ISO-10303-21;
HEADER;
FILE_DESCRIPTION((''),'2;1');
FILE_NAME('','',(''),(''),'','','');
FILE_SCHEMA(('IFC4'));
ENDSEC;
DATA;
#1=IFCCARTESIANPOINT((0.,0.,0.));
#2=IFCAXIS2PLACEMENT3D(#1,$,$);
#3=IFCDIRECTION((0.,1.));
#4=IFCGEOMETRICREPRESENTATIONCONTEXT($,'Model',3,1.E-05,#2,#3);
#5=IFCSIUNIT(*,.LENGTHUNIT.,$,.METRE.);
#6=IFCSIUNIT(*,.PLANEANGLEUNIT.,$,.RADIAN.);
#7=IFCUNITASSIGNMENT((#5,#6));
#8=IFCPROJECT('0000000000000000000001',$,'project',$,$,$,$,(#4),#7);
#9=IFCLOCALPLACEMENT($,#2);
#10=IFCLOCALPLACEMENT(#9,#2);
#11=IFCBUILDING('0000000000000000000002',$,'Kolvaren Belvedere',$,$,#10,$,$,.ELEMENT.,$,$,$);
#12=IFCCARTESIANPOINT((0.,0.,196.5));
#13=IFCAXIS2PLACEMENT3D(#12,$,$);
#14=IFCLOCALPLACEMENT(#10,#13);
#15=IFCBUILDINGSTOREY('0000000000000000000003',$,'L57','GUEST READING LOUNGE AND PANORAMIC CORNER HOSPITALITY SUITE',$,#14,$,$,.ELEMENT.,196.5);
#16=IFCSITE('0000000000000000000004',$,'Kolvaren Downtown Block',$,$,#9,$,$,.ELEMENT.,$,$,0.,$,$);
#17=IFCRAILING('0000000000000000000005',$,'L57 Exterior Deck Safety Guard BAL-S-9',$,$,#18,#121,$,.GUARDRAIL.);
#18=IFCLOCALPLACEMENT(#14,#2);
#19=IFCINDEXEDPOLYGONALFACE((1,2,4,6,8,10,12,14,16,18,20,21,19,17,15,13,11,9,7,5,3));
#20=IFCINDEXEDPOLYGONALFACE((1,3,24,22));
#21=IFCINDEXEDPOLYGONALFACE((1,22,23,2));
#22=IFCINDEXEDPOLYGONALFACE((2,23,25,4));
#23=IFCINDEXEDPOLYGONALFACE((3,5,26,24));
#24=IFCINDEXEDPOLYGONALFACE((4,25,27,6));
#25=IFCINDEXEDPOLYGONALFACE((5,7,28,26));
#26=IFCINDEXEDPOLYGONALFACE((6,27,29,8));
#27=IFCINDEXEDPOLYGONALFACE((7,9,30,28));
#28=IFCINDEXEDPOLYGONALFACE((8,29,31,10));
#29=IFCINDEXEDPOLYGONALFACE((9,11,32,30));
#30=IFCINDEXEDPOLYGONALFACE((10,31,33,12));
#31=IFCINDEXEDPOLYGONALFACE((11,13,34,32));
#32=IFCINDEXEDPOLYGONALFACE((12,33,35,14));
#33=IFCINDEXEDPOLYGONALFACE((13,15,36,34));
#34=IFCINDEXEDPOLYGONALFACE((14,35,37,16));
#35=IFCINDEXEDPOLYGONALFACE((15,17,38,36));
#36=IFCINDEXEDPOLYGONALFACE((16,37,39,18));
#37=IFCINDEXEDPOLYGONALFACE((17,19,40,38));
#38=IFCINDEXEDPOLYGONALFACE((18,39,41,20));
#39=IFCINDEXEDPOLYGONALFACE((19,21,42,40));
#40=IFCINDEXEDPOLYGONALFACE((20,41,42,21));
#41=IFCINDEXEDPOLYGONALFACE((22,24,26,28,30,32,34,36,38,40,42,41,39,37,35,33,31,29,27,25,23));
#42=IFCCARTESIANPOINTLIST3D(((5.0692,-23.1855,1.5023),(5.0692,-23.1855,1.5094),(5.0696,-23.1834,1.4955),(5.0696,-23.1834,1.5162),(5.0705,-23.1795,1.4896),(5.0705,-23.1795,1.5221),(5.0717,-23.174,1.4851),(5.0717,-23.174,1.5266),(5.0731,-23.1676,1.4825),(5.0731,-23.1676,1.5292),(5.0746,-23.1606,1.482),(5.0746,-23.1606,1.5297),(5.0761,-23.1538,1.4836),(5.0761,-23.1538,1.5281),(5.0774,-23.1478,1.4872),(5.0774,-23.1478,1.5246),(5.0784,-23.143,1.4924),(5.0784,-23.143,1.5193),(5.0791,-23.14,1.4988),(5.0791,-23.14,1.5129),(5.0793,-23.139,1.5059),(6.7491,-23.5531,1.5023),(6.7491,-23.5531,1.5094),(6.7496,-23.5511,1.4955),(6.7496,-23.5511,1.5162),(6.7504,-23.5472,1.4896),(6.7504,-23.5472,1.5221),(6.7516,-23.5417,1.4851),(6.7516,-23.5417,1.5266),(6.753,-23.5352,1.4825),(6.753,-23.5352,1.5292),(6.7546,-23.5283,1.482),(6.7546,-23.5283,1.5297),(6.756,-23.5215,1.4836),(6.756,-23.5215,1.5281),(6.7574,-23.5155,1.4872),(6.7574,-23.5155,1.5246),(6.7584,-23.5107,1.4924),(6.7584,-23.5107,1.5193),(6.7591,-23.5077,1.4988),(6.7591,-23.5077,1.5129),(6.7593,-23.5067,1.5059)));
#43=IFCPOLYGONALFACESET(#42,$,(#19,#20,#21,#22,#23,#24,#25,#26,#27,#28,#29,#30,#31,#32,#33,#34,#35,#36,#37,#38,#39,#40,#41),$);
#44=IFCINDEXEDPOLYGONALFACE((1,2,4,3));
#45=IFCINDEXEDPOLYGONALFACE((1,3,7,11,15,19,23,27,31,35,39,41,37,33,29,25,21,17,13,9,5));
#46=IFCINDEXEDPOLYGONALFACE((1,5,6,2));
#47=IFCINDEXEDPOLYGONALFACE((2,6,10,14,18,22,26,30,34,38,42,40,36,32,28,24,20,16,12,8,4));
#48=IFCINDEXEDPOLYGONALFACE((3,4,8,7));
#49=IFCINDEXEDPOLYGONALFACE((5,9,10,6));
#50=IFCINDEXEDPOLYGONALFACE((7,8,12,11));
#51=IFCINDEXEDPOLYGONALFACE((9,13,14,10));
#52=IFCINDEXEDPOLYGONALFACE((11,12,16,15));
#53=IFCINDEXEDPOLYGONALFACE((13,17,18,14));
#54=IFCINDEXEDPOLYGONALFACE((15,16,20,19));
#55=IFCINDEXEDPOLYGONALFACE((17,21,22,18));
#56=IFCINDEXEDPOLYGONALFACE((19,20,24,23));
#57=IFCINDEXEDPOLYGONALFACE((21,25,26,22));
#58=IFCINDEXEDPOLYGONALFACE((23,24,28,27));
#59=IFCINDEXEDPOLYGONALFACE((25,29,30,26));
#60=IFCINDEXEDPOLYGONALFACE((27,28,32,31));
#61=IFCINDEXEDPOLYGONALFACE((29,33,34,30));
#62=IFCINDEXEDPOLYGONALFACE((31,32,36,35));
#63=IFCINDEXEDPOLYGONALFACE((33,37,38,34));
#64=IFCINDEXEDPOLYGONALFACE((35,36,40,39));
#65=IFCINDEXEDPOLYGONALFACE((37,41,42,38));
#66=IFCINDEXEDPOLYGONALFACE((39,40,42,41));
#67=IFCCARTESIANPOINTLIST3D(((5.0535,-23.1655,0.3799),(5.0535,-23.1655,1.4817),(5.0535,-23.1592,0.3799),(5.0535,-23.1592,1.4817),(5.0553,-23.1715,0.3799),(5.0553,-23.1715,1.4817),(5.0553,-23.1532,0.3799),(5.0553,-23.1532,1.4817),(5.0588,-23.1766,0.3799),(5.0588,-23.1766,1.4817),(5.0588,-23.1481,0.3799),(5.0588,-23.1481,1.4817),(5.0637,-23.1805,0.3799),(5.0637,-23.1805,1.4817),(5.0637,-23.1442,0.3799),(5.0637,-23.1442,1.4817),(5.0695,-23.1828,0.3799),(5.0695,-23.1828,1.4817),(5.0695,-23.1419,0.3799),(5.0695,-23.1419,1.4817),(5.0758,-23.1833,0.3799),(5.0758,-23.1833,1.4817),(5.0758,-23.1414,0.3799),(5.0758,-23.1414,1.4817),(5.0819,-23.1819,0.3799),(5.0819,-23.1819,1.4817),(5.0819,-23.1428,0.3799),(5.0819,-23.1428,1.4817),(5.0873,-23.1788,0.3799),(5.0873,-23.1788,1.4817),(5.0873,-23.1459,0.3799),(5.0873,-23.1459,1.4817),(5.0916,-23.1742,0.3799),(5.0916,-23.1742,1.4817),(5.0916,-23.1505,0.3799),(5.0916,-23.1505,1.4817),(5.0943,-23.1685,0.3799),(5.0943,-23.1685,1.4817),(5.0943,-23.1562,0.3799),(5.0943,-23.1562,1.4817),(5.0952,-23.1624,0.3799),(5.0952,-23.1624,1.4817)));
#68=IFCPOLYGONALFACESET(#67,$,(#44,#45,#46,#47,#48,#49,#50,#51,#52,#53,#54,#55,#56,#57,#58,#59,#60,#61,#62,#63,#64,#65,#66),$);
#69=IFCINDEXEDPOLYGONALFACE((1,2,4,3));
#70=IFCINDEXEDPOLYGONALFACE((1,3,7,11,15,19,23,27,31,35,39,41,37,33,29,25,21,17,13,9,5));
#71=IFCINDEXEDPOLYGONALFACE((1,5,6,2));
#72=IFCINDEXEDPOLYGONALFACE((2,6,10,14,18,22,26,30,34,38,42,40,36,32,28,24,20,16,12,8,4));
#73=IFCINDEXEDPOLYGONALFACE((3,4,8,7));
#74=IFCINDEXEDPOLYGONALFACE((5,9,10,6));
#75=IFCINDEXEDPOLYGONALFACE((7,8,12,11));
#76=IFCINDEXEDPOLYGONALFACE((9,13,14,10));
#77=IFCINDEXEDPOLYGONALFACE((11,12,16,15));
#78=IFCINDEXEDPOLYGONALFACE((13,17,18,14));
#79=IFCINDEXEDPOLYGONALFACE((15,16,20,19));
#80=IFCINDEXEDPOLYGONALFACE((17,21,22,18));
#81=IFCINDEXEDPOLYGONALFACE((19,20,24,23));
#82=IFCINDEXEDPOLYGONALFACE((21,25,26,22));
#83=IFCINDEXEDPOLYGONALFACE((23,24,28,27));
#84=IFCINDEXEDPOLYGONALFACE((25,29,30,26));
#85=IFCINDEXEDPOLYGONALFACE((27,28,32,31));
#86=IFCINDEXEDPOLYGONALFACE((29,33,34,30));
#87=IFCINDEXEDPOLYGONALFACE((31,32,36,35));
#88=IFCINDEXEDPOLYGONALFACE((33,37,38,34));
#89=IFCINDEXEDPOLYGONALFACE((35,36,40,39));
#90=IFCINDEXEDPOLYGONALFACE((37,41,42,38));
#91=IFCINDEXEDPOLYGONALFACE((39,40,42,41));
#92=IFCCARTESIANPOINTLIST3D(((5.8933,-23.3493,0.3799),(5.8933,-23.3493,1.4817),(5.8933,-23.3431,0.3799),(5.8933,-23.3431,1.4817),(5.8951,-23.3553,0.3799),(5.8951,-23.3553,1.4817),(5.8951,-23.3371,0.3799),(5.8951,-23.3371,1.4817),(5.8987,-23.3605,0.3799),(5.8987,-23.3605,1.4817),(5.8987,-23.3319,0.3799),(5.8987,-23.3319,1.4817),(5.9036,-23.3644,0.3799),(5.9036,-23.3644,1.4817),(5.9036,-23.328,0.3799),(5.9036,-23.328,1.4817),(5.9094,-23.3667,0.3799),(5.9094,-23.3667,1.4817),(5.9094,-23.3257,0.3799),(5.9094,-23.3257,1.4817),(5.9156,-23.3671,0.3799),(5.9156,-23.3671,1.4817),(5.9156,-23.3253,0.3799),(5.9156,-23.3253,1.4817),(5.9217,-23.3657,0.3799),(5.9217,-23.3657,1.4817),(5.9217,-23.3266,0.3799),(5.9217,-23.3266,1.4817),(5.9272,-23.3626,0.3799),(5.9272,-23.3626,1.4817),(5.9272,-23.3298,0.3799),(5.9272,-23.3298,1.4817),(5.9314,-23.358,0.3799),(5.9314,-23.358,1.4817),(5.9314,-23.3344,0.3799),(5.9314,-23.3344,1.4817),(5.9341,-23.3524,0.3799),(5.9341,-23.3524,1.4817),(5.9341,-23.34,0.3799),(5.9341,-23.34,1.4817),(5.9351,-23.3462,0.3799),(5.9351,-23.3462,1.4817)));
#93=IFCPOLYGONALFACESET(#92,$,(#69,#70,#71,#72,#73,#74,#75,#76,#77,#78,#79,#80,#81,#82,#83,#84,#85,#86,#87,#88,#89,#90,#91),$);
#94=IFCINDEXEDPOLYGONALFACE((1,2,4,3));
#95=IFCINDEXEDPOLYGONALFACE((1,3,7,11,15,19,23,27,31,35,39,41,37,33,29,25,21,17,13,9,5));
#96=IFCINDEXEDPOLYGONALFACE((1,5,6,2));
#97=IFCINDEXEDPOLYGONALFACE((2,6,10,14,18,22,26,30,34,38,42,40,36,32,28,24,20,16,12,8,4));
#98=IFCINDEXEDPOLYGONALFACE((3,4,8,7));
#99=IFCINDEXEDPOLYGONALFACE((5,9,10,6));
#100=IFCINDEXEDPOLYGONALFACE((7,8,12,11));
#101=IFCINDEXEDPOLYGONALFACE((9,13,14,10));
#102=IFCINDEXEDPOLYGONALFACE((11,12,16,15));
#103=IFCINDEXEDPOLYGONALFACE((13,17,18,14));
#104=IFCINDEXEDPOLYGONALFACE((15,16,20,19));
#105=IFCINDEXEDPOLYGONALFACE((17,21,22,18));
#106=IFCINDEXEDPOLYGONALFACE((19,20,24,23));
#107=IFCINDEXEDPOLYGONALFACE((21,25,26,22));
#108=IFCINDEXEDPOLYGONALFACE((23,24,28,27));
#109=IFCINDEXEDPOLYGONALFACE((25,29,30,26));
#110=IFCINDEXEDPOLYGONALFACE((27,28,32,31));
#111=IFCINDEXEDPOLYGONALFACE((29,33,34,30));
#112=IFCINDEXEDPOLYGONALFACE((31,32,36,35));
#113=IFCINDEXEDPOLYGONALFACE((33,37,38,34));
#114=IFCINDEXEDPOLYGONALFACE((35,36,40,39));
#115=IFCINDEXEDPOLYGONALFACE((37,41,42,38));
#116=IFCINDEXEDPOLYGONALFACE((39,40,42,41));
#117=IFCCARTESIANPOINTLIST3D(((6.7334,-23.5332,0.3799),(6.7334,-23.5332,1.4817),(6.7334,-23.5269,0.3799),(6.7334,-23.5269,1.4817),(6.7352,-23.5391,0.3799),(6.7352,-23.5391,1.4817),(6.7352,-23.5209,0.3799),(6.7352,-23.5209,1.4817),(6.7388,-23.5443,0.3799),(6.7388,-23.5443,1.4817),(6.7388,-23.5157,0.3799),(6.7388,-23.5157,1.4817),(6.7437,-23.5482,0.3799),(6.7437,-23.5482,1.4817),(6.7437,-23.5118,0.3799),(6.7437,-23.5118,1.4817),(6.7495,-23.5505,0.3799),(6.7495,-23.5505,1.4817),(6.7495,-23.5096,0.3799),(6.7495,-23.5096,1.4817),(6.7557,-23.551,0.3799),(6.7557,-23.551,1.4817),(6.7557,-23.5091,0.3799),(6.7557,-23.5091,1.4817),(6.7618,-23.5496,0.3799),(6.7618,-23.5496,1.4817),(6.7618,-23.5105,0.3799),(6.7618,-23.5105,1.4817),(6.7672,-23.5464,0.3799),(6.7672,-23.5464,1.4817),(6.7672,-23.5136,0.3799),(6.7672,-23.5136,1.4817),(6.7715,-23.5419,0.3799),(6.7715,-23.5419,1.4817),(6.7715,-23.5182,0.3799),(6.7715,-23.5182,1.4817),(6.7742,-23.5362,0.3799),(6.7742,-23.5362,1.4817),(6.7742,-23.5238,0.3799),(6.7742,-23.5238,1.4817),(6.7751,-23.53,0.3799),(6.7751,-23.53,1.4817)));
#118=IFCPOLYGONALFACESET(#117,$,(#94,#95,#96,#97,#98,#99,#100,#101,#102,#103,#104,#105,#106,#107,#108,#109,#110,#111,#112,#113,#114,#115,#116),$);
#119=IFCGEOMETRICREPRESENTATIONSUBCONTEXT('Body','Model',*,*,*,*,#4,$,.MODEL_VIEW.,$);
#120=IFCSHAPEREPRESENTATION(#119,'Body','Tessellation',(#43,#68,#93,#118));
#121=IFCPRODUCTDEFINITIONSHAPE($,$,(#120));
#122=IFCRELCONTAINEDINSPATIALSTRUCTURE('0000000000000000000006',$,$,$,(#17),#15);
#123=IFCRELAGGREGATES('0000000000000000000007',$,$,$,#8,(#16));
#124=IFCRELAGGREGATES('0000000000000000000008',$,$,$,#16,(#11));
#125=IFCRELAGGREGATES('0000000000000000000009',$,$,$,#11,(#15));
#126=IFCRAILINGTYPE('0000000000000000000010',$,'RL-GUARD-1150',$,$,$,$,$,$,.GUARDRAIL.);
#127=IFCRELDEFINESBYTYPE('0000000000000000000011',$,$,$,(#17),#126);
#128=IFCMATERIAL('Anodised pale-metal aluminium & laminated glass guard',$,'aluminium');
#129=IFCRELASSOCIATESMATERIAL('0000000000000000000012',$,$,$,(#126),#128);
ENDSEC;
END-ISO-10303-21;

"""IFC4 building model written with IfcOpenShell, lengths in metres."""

from ifc_helpers import new_model, si_unit, direction, frame, origin, origin_2d, place, context, subcontext, project, spatial, circle, extrude, material, type_object, element, save


model = new_model("IFC4")

# Units and contexts
model_context = context("Model", 3, precision=1e-05, world=origin(), true_north=direction((0.0, 1.0)))
body_context = subcontext(model_context, "Body", "Model", "MODEL_VIEW")
ifc_project = project(units=[si_unit("LENGTHUNIT", "METRE"), si_unit("PLANEANGLEUNIT", "RADIAN")], contexts=[model_context])

# Site, building, storey
site_placement = place(None, origin())
site = spatial("IfcSite", under=ifc_project, at=site_placement, Name="Kolvaren Downtown Block", CompositionType="ELEMENT", RefElevation=0.0)
building_placement = place(site_placement, origin())
building = spatial("IfcBuilding", under=site, at=building_placement, Name="Kolvaren Belvedere", CompositionType="ELEMENT")
storey_placement = place(building_placement, frame((0.0, 0.0, 196.5)))
storey = spatial("IfcBuildingStorey", under=building, at=storey_placement, Name="L57", Description="GUEST READING LOUNGE AND PANORAMIC CORNER HOSPITALITY SUITE", CompositionType="ELEMENT", Elevation=196.5)

# Railing
ifc_material_1 = material(Name="Anodised pale-metal aluminium & laminated glass guard", Category="aluminium")
railing_type = type_object("IfcRailingType", Name="RL-GUARD-1150", PredefinedType="GUARDRAIL", material=ifc_material_1)
railing_1_placement = place(storey_placement, frame((5.0742, -23.1624, 0.3799)))
element("IfcRailing", 1, at=railing_1_placement, inside=storey, type_object=railing_type, Name="L57 Exterior Deck Safety Guard BAL-S-9", PredefinedType="GUARDRAIL", context=body_context, shape_type="SweptSolid", body=[
    extrude(circle(Radius=0.0239, at=origin_2d()), frame((0.0, 0.0, 1.126), z_axis=(0.976877, -0.213803, 0.0), x_axis=(0.213803, 0.976877, 0.0)), (0.0, 0.0, 1.0), 1.7197),
    extrude(circle(Radius=0.021, at=origin_2d()), origin(), (0.0, 0.0, 1.0), 1.1018),
    extrude(circle(Radius=0.021, at=origin_2d()), frame((0.8398, -0.1838, 0.0)), (0.0, 0.0, 1.0), 1.1018),
    extrude(circle(Radius=0.021, at=origin_2d()), frame((1.6799, -0.3677, 0.0)), (0.0, 0.0, 1.0), 1.1018),
])

save(model, "model.ifc")
